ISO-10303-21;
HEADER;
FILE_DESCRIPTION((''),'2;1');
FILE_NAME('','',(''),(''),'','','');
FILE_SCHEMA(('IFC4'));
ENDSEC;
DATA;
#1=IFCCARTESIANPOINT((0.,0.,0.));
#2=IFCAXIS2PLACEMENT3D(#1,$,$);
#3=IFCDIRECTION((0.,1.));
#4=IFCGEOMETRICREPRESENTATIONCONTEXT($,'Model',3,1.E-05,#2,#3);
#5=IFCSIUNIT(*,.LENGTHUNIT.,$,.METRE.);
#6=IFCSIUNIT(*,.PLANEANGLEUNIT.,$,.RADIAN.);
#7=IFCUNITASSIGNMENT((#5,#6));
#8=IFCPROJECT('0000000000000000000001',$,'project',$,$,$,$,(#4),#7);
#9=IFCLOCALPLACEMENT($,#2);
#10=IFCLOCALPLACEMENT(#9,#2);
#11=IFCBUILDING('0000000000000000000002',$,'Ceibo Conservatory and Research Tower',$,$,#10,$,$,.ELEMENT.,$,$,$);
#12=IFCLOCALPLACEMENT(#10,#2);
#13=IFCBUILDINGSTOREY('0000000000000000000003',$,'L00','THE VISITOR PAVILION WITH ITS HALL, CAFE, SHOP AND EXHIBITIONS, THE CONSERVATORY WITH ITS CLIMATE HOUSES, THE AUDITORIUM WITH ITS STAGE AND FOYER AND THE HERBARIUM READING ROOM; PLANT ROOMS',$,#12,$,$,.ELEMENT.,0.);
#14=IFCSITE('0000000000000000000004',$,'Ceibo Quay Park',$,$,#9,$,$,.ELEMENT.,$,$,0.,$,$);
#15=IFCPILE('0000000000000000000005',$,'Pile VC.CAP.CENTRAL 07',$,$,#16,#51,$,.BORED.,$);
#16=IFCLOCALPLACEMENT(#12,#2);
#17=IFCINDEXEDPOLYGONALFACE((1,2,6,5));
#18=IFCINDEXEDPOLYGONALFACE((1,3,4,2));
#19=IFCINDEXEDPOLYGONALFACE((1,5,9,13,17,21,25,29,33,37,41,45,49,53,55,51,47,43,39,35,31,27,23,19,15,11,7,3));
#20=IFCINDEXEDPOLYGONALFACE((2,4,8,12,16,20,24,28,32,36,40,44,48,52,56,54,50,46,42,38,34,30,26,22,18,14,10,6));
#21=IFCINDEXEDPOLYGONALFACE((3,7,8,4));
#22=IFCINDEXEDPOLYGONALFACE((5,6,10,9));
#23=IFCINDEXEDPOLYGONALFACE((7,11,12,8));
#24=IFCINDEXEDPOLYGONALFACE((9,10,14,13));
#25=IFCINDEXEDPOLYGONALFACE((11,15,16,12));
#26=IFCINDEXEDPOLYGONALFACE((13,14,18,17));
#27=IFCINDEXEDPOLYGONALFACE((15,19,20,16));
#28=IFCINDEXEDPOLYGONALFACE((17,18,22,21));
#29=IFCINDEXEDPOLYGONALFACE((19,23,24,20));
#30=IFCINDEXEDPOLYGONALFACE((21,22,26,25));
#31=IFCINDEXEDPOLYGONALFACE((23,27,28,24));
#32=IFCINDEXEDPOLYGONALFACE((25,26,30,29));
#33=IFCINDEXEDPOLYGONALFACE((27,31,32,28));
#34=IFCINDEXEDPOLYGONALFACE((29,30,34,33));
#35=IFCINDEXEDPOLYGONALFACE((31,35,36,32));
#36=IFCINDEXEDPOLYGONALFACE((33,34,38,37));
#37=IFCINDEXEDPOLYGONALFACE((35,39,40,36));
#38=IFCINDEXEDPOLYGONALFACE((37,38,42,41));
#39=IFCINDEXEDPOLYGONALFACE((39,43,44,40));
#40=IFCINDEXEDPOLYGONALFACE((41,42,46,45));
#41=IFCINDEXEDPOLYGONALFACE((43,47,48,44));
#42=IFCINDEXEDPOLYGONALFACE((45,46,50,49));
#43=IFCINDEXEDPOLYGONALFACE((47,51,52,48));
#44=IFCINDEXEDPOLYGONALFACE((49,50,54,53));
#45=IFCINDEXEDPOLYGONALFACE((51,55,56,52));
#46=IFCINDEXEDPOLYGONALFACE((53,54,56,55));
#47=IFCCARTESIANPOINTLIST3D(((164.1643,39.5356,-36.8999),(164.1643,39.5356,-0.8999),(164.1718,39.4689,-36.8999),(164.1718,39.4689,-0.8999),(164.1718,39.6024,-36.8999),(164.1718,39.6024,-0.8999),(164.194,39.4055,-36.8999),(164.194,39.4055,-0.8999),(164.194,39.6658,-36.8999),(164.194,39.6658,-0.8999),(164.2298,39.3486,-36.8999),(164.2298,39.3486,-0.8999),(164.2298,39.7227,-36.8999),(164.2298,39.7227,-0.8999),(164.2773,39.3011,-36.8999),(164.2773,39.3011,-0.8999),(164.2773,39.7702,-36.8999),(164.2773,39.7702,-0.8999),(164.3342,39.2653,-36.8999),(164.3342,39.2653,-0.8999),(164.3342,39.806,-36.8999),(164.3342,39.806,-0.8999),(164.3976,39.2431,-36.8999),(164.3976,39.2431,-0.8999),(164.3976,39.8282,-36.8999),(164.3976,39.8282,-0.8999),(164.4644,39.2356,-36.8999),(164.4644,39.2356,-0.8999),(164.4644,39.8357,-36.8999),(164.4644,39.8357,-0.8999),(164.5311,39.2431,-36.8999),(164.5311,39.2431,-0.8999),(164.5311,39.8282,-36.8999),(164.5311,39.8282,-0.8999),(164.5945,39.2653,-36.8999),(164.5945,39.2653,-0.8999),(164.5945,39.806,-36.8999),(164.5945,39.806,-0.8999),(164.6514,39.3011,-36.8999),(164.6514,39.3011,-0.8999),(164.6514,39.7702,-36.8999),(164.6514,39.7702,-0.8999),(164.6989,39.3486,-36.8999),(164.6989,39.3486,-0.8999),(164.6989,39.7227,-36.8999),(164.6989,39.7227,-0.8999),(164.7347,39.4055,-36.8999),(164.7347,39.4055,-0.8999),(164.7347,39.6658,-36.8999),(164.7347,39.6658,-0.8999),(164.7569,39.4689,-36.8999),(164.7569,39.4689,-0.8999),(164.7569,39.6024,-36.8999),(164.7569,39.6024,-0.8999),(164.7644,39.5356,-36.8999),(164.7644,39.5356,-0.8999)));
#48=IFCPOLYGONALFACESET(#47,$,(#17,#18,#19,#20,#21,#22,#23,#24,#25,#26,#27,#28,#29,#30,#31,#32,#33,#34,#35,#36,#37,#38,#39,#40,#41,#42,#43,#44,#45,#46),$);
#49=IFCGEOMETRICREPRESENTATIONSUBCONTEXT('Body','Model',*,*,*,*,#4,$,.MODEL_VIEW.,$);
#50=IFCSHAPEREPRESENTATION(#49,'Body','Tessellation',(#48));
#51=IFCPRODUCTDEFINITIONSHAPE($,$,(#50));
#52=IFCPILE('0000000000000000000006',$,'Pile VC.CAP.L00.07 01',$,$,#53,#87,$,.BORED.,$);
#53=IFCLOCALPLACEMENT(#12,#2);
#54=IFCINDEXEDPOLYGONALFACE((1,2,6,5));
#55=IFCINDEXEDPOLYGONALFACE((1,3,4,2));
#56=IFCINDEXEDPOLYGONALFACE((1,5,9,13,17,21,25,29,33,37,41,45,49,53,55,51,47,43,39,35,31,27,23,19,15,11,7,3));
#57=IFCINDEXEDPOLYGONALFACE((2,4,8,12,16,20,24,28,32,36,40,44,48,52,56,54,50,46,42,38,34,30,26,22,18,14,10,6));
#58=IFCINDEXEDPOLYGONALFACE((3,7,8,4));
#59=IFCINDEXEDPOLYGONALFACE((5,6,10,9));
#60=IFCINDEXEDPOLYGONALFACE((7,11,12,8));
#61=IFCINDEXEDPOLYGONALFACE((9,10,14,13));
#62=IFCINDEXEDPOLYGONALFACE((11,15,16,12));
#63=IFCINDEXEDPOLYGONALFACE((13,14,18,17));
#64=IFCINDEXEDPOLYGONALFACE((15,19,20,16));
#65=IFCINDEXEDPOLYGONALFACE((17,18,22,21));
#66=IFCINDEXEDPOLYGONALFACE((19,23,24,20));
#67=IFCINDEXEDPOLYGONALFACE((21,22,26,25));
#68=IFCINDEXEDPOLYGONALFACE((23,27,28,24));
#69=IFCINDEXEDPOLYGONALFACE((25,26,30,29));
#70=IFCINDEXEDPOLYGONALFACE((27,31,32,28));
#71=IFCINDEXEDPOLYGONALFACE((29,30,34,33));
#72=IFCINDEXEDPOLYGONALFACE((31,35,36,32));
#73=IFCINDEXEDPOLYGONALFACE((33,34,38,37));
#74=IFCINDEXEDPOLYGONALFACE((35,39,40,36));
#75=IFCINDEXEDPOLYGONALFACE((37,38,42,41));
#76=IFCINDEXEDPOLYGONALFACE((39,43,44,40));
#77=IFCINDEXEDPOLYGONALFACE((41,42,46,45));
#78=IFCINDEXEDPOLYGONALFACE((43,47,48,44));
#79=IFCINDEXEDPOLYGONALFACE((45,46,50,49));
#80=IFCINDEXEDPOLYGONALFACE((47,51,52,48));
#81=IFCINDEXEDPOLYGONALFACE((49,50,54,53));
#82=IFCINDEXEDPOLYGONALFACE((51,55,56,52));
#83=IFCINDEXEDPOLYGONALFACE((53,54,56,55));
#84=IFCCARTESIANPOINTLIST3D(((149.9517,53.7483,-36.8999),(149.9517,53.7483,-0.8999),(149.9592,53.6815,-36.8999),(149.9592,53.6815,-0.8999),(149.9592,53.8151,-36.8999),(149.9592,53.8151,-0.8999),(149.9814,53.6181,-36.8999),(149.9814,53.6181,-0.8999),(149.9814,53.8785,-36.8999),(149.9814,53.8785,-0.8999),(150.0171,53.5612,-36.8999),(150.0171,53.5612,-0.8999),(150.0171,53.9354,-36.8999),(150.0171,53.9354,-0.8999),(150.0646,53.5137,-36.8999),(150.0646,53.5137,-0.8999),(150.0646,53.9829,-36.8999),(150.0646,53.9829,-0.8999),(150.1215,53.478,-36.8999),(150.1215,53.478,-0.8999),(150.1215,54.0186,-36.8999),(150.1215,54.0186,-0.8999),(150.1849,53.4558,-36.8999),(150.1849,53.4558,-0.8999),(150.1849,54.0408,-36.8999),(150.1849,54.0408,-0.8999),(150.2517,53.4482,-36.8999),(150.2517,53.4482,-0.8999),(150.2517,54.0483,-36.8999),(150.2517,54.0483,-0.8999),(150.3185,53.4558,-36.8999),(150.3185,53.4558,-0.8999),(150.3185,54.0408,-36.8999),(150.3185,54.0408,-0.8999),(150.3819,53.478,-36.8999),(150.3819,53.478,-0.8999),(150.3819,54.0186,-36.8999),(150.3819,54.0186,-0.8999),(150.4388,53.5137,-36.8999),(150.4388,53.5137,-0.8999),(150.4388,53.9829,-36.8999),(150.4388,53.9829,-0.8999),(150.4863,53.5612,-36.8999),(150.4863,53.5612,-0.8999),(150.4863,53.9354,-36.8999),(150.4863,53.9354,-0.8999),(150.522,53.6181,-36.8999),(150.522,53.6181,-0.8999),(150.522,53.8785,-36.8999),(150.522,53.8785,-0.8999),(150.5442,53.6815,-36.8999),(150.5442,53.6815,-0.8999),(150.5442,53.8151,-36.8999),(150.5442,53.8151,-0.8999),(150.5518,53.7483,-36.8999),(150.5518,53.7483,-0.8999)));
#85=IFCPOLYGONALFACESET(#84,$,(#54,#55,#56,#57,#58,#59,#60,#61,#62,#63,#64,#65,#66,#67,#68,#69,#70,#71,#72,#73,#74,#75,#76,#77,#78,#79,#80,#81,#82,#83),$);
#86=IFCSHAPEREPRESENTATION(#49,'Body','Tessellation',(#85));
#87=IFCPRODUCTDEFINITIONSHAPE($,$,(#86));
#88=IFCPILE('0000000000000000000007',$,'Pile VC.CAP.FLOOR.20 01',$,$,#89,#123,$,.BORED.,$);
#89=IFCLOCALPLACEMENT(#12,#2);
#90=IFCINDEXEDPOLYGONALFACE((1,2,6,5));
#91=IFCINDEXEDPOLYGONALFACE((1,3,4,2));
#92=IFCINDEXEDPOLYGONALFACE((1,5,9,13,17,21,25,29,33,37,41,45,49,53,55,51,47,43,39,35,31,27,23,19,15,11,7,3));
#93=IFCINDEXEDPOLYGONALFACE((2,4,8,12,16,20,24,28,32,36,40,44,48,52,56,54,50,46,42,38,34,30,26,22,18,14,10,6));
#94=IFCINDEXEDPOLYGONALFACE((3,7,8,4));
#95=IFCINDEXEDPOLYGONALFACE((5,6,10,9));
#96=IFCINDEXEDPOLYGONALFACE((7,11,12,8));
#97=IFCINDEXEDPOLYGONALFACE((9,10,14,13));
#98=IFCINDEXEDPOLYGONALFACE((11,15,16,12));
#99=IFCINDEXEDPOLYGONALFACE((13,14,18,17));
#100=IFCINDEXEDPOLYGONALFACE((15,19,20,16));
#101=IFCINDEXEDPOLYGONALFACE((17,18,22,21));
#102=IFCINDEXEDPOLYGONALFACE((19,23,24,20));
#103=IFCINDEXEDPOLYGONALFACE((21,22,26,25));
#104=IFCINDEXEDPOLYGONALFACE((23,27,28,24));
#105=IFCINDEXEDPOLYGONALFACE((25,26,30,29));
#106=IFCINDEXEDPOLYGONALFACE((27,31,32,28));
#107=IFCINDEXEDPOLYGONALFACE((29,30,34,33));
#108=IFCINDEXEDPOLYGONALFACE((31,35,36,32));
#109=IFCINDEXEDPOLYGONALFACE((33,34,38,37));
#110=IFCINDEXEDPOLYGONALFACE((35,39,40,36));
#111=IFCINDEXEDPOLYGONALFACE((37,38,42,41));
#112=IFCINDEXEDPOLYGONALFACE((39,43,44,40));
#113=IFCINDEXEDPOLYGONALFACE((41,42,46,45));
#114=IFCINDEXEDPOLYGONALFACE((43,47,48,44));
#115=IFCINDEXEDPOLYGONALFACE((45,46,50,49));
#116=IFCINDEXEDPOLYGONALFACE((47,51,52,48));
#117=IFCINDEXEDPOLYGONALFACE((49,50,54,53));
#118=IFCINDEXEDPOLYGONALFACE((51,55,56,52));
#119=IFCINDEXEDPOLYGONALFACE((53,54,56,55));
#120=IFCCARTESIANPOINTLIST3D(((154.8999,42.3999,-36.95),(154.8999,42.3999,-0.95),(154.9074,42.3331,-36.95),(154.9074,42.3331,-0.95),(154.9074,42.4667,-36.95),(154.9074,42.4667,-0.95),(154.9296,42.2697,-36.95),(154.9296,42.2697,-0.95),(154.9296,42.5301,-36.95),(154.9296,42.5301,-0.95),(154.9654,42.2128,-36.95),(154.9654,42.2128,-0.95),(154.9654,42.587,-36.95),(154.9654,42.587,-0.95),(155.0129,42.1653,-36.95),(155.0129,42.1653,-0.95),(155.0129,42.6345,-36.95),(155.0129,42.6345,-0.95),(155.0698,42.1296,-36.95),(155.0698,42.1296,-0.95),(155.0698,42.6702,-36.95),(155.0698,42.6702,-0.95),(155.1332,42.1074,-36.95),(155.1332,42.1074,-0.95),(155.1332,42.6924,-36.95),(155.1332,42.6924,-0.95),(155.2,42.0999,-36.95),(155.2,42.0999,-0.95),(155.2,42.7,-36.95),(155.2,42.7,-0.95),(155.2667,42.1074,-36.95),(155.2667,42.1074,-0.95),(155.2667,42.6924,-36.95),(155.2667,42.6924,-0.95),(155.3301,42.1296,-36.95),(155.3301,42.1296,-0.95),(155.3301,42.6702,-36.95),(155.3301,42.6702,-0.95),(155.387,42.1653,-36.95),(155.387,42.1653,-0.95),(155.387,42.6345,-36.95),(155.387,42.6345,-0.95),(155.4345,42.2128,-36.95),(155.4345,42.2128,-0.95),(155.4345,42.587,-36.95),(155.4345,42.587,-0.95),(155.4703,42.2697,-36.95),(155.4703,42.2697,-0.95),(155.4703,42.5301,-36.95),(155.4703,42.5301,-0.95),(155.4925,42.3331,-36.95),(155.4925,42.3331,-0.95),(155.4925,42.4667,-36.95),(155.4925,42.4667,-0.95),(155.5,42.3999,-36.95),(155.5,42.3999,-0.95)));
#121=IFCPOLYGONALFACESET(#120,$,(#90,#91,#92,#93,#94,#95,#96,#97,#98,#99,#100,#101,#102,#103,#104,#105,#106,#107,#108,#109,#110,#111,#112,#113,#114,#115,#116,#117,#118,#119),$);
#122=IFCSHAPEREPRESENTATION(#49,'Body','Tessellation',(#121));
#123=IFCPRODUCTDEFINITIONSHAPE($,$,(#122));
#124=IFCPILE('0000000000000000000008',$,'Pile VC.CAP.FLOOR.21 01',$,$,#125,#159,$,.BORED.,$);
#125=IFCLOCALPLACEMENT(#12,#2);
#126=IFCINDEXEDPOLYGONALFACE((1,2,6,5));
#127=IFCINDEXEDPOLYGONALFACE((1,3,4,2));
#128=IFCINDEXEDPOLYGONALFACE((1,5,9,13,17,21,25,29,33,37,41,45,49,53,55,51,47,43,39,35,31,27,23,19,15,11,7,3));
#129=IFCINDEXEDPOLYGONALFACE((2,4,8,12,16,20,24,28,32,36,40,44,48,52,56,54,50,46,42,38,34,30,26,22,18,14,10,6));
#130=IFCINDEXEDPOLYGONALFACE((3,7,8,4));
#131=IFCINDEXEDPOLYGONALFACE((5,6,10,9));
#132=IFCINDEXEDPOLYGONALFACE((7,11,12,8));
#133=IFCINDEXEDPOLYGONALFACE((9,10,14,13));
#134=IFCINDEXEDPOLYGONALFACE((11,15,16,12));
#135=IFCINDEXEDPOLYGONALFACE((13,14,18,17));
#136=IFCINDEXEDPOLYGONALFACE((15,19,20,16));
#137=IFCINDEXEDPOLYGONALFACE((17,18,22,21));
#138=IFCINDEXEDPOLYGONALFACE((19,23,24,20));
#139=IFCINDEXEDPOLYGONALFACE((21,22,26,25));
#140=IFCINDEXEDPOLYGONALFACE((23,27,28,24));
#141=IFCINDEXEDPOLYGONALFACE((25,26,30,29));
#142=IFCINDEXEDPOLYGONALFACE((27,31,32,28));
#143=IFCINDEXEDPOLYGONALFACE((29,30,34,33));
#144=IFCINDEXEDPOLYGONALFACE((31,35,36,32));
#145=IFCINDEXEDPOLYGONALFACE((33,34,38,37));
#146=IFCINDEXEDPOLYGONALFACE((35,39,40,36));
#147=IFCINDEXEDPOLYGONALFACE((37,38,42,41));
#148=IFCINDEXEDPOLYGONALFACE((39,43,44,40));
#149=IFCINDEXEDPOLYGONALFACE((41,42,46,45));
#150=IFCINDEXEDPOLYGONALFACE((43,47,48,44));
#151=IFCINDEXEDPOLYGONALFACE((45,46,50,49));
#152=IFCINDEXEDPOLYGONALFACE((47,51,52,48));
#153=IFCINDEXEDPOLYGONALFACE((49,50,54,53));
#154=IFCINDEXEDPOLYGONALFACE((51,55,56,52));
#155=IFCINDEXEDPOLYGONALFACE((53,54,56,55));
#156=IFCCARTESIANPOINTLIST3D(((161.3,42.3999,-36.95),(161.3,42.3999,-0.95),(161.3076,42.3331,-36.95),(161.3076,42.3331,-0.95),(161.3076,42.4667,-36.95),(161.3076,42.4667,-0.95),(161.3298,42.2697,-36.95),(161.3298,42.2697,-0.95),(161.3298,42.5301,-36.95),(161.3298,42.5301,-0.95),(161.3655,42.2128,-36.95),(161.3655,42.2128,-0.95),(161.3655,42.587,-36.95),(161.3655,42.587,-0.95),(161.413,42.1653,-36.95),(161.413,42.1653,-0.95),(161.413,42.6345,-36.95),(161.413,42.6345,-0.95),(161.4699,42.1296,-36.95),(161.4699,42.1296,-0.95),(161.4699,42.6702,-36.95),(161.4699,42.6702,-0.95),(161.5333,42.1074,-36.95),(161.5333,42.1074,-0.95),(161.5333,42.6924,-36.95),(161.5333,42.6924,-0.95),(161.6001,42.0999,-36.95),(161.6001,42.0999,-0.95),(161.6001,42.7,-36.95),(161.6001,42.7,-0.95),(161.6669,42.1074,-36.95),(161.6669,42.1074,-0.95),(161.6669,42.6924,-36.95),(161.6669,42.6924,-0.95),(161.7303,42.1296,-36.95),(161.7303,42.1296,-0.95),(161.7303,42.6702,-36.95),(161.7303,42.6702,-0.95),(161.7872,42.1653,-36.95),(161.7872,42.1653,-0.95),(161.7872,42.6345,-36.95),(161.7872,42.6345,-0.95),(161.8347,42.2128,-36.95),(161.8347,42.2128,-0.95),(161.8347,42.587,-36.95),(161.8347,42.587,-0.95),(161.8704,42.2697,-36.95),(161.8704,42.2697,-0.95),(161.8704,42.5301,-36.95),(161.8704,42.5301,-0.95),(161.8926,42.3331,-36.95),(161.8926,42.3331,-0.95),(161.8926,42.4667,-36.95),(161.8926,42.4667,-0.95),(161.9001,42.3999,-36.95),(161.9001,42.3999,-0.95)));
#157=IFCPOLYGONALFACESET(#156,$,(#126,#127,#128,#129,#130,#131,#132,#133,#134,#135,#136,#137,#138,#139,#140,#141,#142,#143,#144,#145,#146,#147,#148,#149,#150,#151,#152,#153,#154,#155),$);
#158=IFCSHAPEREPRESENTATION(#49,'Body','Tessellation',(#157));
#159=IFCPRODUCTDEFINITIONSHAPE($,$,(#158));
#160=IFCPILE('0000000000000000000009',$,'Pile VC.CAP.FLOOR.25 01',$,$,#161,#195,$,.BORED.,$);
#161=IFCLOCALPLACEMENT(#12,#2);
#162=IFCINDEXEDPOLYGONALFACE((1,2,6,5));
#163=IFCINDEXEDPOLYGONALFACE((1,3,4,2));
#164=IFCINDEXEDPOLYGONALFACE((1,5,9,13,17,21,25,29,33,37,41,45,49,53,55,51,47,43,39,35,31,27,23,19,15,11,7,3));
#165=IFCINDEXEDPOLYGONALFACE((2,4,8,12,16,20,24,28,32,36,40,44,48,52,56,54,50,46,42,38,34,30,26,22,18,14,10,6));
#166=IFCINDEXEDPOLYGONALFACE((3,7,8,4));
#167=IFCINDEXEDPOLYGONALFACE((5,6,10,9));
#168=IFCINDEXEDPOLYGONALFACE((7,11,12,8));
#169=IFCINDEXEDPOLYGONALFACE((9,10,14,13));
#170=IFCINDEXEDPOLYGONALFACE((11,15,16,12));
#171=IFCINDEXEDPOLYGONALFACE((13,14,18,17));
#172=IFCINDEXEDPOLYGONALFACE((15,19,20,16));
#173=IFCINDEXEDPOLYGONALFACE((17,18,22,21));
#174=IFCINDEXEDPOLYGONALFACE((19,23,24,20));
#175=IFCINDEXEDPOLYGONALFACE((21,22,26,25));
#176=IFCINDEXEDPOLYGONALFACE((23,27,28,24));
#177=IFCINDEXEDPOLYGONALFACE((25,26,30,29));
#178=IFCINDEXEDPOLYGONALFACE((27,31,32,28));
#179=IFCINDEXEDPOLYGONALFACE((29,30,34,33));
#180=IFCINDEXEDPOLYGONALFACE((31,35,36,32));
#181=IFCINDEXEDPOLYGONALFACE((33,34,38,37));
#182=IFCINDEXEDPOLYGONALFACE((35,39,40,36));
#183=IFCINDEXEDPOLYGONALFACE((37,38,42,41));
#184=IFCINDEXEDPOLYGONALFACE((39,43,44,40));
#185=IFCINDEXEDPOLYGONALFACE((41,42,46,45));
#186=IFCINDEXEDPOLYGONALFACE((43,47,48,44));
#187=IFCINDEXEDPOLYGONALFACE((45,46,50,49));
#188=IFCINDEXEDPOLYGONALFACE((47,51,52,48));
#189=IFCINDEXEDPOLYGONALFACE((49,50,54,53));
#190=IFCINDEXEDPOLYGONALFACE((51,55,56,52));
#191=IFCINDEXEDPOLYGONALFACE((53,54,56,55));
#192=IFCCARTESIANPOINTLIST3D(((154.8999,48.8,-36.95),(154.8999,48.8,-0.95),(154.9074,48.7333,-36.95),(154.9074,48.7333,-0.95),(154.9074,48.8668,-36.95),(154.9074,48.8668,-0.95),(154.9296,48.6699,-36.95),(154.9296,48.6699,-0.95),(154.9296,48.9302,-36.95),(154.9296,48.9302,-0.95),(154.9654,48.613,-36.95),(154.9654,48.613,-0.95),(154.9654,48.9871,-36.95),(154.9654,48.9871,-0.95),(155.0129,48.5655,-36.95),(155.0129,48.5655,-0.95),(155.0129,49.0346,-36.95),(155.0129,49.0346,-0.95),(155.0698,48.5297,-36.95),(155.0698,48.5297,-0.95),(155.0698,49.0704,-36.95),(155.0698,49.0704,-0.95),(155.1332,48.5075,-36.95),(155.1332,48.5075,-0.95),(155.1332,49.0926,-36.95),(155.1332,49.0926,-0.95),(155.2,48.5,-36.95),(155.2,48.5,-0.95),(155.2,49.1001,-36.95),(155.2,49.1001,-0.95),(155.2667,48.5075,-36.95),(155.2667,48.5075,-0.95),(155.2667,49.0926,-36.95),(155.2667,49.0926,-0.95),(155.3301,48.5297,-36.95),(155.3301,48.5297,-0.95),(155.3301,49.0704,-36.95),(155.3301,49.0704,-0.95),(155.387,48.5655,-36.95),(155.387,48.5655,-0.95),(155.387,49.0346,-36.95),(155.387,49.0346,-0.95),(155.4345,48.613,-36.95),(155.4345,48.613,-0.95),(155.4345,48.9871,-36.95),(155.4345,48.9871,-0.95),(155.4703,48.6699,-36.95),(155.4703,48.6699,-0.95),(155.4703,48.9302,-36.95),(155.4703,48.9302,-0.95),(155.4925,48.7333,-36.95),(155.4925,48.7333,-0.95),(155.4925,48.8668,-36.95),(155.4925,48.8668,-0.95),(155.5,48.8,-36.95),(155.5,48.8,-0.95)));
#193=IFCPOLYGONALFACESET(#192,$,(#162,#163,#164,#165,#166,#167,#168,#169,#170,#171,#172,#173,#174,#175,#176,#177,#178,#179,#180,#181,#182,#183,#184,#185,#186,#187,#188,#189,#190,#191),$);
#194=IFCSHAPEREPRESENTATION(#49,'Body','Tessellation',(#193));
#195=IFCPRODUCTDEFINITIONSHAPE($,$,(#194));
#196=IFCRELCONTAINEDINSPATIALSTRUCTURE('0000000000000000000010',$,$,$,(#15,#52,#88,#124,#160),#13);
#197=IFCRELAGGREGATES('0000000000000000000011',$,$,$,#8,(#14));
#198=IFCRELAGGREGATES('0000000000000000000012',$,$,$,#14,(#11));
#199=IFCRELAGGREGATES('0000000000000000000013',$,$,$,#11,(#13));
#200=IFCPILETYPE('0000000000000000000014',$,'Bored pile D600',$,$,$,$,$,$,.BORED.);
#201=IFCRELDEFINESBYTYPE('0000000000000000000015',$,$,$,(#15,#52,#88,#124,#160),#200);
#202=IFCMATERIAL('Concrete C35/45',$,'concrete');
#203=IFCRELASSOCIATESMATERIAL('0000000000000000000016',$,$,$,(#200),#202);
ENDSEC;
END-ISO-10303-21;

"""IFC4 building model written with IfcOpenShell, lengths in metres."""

from ifc_helpers import new_model, si_unit, direction, frame, origin, origin_2d, place, context, subcontext, project, spatial, circle, extrude, material, material_profile, profile_set, type_object, element, save


model = new_model("IFC4")

# Units and contexts
model_context = context("Model", 3, precision=1e-05, world=origin(), true_north=direction((0.0, 1.0)))
body_context = subcontext(model_context, "Body", "Model", "MODEL_VIEW")
ifc_project = project(units=[si_unit("LENGTHUNIT", "METRE"), si_unit("PLANEANGLEUNIT", "RADIAN")], contexts=[model_context])

# Site, building, storey
site_placement = place(None, origin())
site = spatial("IfcSite", under=ifc_project, at=site_placement, Name="Ceibo Quay Park", CompositionType="ELEMENT", RefElevation=0.0)
building_placement = place(site_placement, origin())
building = spatial("IfcBuilding", under=site, at=building_placement, Name="Ceibo Conservatory and Research Tower", CompositionType="ELEMENT")
storey_placement = place(building_placement, origin())
storey = spatial("IfcBuildingStorey", under=building, at=storey_placement, Name="L00", Description="THE VISITOR PAVILION WITH ITS HALL, CAFE, SHOP AND EXHIBITIONS, THE CONSERVATORY WITH ITS CLIMATE HOUSES, THE AUDITORIUM WITH ITS STAGE AND FOYER AND THE HERBARIUM READING ROOM; PLANT ROOMS", CompositionType="ELEMENT", Elevation=0.0)

# Piles
ifc_material_1 = material(Name="Concrete C35/45", Category="concrete")
ifc_material_profile_1 = material_profile(ifc_material_1, circle(Radius=0.3, at=origin_2d()), Name="RC D600")
ifc_profile_set_1 = profile_set([ifc_material_profile_1], Name="Concrete C35/45")
pile_type = type_object("IfcPileType", Name="Bored pile D600", PredefinedType="BORED", material=ifc_profile_set_1)
for number, where, z_axis, x_axis, name in (
    (1, (164.4644, 39.5356, -0.8999), (0.0, 0.0, -1.0), (1.0, 0.0, 0.0), "Pile VC.CAP.CENTRAL 07"),
    (2, (150.2517, 53.7483, -0.8999), (0.0, 0.0, -1.0), (1.0, 0.0, 0.0), "Pile VC.CAP.L00.07 01"),
    (3, (155.2, 42.3999, -0.95), (0.0, 0.0, -1.0), (1.0, 0.0, 0.0), "Pile VC.CAP.FLOOR.20 01"),
    (4, (161.6001, 42.3999, -0.95), (0.0, 0.0, -1.0), (1.0, 0.0, 0.0), "Pile VC.CAP.FLOOR.21 01"),
    (5, (155.2, 48.8, -0.95), (0.0, 0.0, -1.0), (1.0, 0.0, 0.0), "Pile VC.CAP.FLOOR.25 01"),
):
    element("IfcPile", number, at=place(storey_placement, frame(where, z_axis=z_axis, x_axis=x_axis)), inside=storey, type_object=pile_type, Name=name, PredefinedType="BORED", context=body_context, shape_type="SweptSolid", body=[
        extrude(circle(Radius=0.3, at=origin_2d()), origin(), (0.0, 0.0, 1.0), 36.0),
    ])

save(model, "model.ifc")
